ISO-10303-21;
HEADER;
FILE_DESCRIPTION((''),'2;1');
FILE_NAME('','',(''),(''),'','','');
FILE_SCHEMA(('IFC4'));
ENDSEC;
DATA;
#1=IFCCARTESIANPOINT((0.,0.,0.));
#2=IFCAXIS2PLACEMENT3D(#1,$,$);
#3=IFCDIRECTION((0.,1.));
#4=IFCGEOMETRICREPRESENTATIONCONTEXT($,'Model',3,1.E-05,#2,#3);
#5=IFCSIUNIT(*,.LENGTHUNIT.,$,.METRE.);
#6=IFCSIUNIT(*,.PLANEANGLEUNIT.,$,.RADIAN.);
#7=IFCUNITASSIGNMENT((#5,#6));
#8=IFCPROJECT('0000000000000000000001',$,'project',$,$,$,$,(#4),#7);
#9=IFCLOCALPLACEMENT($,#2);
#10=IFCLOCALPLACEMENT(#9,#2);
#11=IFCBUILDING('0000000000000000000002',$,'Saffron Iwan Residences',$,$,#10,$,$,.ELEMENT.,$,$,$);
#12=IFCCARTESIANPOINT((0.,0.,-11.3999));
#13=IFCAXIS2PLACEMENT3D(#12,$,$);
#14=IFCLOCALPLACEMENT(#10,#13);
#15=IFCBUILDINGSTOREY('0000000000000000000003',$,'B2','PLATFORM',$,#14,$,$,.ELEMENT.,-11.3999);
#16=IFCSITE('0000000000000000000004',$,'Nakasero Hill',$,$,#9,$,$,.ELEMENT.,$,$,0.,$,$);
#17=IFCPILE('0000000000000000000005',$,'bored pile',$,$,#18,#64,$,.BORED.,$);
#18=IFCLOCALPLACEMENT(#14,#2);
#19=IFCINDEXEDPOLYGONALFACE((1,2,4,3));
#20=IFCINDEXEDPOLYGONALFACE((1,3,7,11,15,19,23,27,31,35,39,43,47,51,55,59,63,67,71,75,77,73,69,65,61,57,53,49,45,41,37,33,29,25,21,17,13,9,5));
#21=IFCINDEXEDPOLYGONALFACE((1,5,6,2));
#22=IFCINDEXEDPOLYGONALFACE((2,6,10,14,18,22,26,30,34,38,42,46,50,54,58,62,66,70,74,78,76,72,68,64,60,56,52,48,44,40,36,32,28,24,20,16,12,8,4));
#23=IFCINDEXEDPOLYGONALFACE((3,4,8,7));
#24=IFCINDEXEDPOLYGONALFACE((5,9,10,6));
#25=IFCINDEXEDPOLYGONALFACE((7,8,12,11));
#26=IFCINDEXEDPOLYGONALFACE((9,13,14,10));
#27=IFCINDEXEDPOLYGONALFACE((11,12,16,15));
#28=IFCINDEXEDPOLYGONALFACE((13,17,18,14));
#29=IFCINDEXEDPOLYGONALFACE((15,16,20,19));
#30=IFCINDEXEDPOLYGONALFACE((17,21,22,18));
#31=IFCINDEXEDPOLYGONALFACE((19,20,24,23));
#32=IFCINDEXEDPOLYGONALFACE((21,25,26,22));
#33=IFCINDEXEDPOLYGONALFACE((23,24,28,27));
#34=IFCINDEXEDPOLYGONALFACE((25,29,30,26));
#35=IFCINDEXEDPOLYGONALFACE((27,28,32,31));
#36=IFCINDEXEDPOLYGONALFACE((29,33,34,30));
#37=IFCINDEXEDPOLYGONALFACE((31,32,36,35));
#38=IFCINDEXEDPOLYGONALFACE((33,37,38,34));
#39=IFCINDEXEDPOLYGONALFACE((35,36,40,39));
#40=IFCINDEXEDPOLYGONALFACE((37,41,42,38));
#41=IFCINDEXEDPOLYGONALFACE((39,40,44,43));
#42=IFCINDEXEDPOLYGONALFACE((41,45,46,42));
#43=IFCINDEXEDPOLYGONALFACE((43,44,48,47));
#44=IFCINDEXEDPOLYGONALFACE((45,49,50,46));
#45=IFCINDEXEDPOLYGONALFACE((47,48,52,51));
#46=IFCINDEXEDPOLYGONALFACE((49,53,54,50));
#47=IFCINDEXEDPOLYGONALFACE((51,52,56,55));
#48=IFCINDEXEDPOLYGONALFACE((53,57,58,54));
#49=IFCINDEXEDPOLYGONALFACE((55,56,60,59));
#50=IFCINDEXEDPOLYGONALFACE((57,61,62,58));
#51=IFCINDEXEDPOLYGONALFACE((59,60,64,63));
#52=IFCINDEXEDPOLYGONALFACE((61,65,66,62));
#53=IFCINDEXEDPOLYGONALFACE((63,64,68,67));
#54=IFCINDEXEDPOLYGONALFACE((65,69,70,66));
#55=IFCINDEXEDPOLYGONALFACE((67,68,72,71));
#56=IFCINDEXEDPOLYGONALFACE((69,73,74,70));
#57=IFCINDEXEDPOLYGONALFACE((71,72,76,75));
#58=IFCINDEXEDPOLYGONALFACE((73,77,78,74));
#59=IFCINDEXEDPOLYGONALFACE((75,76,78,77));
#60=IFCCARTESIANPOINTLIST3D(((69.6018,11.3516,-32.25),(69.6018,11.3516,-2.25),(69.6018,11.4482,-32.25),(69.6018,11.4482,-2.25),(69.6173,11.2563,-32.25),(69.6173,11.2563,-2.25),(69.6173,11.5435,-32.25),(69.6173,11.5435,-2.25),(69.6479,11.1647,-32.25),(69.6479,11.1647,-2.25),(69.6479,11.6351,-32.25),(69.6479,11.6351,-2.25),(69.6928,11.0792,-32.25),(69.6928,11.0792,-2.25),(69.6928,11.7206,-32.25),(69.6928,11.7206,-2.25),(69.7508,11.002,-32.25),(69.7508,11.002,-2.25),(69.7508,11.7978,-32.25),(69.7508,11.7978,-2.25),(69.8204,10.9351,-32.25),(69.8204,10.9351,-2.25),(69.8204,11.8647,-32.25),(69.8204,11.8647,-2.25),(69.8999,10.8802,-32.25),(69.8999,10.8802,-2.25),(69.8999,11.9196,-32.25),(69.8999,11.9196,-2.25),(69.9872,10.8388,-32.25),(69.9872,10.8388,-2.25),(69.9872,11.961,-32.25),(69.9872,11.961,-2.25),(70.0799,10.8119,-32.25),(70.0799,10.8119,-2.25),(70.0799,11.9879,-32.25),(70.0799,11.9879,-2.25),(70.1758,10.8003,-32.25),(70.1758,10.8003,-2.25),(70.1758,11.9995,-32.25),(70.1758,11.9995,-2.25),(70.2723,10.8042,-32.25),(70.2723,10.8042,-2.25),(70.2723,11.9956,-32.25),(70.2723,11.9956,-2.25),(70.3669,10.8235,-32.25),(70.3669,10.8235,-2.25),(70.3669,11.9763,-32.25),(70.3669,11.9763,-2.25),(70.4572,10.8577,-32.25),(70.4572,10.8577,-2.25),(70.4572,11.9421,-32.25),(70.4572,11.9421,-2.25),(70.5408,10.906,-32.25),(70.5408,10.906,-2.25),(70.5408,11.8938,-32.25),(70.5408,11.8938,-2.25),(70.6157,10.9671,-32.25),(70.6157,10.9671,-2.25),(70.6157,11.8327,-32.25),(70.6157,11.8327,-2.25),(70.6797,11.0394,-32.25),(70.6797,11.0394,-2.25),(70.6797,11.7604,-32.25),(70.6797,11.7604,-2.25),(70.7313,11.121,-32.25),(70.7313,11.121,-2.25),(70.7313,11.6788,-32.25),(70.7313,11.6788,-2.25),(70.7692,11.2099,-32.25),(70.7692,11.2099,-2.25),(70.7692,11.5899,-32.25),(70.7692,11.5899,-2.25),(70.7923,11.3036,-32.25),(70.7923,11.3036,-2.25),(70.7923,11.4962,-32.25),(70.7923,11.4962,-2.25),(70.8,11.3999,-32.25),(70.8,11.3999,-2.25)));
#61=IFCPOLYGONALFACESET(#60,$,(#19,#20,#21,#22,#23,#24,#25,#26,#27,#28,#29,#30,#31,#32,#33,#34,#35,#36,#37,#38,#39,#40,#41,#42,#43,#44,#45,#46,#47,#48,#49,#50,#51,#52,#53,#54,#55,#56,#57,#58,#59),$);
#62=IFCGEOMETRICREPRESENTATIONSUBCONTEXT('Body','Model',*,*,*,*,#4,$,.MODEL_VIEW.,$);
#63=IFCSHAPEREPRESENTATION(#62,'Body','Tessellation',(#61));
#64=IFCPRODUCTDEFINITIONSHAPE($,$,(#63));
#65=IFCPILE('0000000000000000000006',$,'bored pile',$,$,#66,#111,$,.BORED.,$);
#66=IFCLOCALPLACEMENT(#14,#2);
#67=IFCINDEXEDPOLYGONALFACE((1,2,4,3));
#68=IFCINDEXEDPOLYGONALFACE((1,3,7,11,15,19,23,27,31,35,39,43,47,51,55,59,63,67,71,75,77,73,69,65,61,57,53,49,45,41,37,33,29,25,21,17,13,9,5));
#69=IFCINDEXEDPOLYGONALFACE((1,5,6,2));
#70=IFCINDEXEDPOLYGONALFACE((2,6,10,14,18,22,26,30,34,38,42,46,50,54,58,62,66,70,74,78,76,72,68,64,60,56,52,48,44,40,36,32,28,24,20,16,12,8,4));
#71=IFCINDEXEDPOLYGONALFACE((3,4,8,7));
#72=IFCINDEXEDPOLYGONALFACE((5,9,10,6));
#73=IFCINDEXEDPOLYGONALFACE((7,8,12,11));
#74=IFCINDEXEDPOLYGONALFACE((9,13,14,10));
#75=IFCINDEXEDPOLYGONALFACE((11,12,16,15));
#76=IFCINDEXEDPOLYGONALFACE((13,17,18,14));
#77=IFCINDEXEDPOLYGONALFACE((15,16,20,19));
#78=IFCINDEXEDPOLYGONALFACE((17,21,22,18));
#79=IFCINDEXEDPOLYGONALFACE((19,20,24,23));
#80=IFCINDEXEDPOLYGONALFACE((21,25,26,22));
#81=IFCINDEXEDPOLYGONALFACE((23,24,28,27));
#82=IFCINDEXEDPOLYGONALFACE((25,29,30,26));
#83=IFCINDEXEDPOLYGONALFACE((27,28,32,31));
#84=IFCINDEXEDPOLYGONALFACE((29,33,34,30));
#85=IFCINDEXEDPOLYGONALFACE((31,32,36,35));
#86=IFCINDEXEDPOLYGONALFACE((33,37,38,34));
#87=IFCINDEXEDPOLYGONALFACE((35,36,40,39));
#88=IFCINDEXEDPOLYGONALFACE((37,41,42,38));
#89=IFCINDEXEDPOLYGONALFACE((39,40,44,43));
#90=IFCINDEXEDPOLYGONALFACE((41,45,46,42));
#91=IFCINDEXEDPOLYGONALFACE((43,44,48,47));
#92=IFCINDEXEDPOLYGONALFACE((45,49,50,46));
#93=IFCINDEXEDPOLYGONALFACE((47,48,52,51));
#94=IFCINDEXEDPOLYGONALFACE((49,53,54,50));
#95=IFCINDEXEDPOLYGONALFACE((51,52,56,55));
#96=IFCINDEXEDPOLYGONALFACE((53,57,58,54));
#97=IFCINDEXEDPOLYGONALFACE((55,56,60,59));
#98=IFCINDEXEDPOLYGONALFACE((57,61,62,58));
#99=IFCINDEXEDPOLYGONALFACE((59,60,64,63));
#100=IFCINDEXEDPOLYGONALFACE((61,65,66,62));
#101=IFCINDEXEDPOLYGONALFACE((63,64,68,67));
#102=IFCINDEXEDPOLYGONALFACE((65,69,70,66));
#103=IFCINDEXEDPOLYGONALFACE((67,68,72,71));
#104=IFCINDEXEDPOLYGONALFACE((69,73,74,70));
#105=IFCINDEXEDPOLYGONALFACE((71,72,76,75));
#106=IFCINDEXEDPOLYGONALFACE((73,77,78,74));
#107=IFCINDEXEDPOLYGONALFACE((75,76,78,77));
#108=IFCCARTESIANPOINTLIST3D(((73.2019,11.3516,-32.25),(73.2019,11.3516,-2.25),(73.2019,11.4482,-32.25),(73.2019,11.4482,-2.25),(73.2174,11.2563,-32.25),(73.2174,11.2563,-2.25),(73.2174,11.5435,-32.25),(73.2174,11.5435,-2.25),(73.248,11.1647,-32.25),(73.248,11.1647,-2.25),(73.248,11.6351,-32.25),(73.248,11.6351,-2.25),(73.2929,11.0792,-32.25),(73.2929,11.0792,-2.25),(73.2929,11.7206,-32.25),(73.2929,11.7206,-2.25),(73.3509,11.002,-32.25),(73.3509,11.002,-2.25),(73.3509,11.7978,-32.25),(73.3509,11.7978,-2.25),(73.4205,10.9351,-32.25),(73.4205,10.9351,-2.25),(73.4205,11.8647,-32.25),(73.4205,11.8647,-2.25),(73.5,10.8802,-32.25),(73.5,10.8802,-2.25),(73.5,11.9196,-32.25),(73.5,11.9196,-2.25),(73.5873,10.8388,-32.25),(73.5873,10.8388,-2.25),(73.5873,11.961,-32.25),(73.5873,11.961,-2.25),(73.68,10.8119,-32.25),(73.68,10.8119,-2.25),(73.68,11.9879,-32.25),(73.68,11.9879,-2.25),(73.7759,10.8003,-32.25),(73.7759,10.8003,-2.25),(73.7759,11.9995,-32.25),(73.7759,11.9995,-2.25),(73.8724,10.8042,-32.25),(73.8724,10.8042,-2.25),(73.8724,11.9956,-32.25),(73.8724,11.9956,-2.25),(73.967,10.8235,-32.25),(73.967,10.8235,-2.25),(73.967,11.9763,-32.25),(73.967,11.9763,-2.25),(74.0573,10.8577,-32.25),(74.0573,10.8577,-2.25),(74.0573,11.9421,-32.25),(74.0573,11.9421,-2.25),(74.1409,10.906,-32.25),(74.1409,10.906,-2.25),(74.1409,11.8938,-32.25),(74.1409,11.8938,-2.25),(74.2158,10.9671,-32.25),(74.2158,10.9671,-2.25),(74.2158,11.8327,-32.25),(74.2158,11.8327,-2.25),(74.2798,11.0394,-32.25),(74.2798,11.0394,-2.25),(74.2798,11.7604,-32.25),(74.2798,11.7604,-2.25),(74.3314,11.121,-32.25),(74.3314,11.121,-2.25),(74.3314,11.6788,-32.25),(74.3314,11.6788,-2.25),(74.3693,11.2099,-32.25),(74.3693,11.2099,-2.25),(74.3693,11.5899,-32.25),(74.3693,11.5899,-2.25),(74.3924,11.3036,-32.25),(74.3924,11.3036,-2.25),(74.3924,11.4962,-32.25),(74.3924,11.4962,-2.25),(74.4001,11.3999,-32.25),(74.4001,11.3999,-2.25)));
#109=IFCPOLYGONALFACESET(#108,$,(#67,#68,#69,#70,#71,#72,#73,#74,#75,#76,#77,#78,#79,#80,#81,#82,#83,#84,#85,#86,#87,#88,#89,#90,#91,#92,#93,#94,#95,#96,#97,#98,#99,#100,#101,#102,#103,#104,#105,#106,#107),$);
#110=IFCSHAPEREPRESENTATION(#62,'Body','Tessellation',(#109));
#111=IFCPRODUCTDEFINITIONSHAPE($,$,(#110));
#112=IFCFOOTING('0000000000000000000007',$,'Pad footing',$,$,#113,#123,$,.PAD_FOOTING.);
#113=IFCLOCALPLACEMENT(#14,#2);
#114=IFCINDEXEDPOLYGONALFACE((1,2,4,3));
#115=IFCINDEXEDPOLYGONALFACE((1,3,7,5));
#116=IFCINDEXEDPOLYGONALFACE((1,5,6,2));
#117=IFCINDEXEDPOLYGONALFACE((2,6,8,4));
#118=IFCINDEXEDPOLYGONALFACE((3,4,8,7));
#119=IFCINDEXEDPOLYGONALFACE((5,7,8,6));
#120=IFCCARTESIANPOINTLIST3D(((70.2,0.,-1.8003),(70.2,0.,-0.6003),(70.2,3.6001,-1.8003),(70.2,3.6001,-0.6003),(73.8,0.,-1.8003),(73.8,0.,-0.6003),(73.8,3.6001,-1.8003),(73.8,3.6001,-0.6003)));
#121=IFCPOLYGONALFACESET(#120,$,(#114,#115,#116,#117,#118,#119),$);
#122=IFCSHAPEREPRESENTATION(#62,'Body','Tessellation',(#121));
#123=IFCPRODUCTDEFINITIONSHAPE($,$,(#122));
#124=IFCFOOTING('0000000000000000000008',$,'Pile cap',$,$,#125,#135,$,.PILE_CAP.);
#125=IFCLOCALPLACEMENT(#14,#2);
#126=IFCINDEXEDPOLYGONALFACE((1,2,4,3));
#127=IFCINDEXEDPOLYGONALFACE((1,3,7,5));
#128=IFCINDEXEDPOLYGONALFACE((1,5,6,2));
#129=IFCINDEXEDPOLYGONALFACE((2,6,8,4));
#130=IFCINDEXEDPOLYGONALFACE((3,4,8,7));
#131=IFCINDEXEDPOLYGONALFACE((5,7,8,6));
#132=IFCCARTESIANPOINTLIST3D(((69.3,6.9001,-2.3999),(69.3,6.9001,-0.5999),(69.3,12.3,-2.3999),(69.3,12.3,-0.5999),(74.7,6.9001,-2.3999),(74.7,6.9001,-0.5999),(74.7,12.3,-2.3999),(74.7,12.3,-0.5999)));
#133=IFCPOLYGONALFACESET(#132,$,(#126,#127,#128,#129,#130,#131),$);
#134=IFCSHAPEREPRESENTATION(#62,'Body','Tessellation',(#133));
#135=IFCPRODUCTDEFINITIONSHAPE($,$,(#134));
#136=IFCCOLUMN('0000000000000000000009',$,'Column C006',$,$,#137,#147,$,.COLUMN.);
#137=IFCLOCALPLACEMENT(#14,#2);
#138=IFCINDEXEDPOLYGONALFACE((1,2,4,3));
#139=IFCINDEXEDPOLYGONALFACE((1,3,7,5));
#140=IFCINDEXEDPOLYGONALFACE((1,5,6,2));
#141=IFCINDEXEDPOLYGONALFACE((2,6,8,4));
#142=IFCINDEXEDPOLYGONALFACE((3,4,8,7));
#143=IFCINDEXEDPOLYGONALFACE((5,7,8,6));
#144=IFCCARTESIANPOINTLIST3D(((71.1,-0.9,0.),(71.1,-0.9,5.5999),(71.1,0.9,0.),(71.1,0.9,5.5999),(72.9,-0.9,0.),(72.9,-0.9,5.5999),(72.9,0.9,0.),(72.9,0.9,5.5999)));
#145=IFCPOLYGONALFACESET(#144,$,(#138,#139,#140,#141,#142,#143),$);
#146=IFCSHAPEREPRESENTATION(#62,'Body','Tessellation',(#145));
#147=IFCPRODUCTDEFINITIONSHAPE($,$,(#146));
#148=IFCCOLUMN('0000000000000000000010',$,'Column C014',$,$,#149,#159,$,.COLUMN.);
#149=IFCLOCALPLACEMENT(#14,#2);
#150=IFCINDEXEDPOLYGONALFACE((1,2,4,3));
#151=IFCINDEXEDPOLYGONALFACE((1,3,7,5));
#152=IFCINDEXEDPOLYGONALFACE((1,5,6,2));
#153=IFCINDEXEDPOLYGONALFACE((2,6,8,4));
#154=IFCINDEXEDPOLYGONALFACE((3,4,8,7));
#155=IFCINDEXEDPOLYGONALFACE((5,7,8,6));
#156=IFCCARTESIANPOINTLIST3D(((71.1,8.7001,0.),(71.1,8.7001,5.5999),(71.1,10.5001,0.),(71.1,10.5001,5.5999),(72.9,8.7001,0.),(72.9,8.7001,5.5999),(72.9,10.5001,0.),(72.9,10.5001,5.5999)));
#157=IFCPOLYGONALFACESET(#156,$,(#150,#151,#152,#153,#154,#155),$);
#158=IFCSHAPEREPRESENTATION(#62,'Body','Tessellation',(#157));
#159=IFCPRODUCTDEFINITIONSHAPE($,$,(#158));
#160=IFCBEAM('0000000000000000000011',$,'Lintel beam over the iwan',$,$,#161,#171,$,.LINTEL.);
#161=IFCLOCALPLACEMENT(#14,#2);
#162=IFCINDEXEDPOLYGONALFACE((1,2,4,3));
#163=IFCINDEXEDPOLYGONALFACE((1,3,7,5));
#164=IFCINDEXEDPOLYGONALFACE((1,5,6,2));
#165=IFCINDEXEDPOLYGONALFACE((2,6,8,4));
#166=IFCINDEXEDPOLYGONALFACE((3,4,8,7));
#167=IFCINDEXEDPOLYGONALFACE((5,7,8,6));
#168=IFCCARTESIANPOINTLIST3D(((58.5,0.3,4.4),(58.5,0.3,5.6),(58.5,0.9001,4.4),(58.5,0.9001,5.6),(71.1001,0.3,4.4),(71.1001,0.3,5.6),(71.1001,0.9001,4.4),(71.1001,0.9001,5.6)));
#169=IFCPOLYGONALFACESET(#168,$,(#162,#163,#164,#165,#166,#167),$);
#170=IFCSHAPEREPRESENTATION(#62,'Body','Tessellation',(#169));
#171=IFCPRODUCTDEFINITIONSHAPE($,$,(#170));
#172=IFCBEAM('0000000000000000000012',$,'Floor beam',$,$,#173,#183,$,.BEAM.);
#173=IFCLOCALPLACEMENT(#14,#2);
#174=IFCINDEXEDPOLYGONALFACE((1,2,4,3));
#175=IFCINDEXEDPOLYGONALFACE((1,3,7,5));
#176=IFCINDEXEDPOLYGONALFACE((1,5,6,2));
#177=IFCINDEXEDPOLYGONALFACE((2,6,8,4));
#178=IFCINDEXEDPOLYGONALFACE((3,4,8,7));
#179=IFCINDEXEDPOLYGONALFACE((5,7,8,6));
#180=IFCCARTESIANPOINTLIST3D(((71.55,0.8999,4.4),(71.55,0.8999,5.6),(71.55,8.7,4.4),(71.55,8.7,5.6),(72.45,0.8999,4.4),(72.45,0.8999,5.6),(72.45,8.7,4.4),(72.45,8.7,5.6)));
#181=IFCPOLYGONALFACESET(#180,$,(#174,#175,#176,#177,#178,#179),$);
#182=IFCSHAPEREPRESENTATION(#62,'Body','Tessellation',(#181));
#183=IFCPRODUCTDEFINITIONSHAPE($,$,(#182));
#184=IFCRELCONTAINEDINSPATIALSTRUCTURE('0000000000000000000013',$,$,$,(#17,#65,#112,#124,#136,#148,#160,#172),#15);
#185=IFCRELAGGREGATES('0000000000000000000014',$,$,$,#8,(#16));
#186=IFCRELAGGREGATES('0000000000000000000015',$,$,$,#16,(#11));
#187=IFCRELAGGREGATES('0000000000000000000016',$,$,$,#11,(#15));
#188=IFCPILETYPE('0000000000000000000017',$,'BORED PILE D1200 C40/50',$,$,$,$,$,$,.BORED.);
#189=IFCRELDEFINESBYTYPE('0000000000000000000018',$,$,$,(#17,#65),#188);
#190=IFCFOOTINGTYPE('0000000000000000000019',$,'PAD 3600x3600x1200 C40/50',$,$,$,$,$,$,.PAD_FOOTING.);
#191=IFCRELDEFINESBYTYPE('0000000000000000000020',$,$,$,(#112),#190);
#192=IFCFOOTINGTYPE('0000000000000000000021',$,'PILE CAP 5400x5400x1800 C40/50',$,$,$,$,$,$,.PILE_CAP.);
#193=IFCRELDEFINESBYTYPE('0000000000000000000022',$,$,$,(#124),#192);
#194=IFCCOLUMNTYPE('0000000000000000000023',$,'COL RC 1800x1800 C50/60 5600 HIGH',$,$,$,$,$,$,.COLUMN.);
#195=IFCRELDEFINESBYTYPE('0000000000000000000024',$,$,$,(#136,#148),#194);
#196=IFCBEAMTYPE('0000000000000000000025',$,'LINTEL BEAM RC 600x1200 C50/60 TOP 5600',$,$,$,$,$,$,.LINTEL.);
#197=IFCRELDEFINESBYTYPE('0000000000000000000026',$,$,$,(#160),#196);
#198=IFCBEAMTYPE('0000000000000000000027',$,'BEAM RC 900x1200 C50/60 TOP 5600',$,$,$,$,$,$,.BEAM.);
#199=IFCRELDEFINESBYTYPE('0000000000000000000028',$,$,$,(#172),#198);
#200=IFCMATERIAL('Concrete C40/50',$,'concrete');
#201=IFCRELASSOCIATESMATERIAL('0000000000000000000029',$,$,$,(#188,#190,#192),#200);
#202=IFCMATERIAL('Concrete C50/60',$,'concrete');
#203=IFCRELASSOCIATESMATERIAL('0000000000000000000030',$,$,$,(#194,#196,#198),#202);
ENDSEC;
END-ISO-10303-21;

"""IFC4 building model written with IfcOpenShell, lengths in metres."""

from ifc_helpers import new_model, si_unit, direction, frame, origin, origin_2d, place, context, subcontext, project, spatial, rectangle, circle, extrude, source, transform, mapped, material, material_profile, profile_set, type_object, element, save


model = new_model("IFC4")

# Units and contexts
model_context = context("Model", 3, precision=1e-05, world=origin(), true_north=direction((0.0, 1.0)))
body_context = subcontext(model_context, "Body", "Model", "MODEL_VIEW")
ifc_project = project(units=[si_unit("LENGTHUNIT", "METRE"), si_unit("PLANEANGLEUNIT", "RADIAN")], contexts=[model_context])

# Site, building, storey
site_placement = place(None, origin())
site = spatial("IfcSite", under=ifc_project, at=site_placement, Name="Nakasero Hill", CompositionType="ELEMENT", RefElevation=0.0)
building_placement = place(site_placement, origin())
building = spatial("IfcBuilding", under=site, at=building_placement, Name="Saffron Iwan Residences", CompositionType="ELEMENT")
storey_placement = place(building_placement, frame((0.0, 0.0, -11.3999)))
storey = spatial("IfcBuildingStorey", under=building, at=storey_placement, Name="B2", Description="PLATFORM", CompositionType="ELEMENT", Elevation=-11.3999)

# Piles
ifc_material_1 = material(Name="Concrete C40/50", Category="concrete")
ifc_material_profile_1 = material_profile(ifc_material_1, circle(Radius=0.6001, at=origin_2d()), Name="RC D1200")
ifc_profile_set_1 = profile_set([ifc_material_profile_1], Name="Concrete C40/50")
pile_type = type_object("IfcPileType", Name="BORED PILE D1200 C40/50", PredefinedType="BORED", material=ifc_profile_set_1)
for number, where, z_axis, x_axis, name in (
    (1, (70.2, 11.3999, -2.25), (0.0, 0.0, -1.0), (1.0, 0.0, 0.0), "bored pile"),
    (2, (73.8, 11.3999, -2.25), (0.0, 0.0, -1.0), (1.0, 0.0, 0.0), "bored pile"),
):
    element("IfcPile", number, at=place(storey_placement, frame(where, z_axis=z_axis, x_axis=x_axis)), inside=storey, type_object=pile_type, Name=name, PredefinedType="BORED", context=body_context, shape_type="SweptSolid", body=[
        extrude(circle(Radius=0.6001, at=origin_2d()), origin(), (0.0, 0.0, 1.0), 30.0),
    ])

# Footings
footing_type_1 = type_object("IfcFootingType", Name="PAD 3600x3600x1200 C40/50", PredefinedType="PAD_FOOTING", material=ifc_material_1)
shared_shape_1 = source(origin(), body_context, "Body", "SweptSolid", [
    extrude(rectangle(XDim=3.6001, YDim=3.6001, at=origin_2d()), origin(), (0.0, 0.0, 1.0), 1.2),
])
footing_1_placement = place(storey_placement, frame((72.0, 1.8, -1.8003), z_axis=(0.0, 0.0, 1.0), x_axis=(1.0, 0.0, 0.0)))
element("IfcFooting", 3, at=footing_1_placement, inside=storey, type_object=footing_type_1, Name="Pad footing", PredefinedType="PAD_FOOTING", context=body_context, shape_type="MappedRepresentation", body=[
    mapped(shared_shape_1, transform((0.0, 0.0, 0.0))),
])
footing_type_2 = type_object("IfcFootingType", Name="PILE CAP 5400x5400x1800 C40/50", PredefinedType="PILE_CAP", material=ifc_material_1)
shared_shape_2 = source(origin(), body_context, "Body", "SweptSolid", [
    extrude(rectangle(XDim=5.3999, YDim=5.3999, at=origin_2d()), origin(), (0.0, 0.0, 1.0), 1.8),
])
footing_2_placement = place(storey_placement, frame((72.0, 9.6001, -2.3999), z_axis=(0.0, 0.0, 1.0), x_axis=(1.0, 0.0, 0.0)))
element("IfcFooting", 4, at=footing_2_placement, inside=storey, type_object=footing_type_2, Name="Pile cap", PredefinedType="PILE_CAP", context=body_context, shape_type="MappedRepresentation", body=[
    mapped(shared_shape_2, transform((0.0, 0.0, 0.0))),
])

# Columns
ifc_material_2 = material(Name="Concrete C50/60", Category="concrete")
ifc_material_profile_2 = material_profile(ifc_material_2, rectangle(XDim=1.8, YDim=1.8, at=origin_2d()), Name="RC 1800x1800")
ifc_profile_set_2 = profile_set([ifc_material_profile_2], Name="Concrete C50/60")
column_type = type_object("IfcColumnType", Name="COL RC 1800x1800 C50/60 5600 HIGH", PredefinedType="COLUMN", material=ifc_profile_set_2)
shared_shape_3 = source(origin(), body_context, "Body", "SweptSolid", [
    extrude(rectangle(XDim=1.8, YDim=1.8, at=origin_2d()), origin(), (0.0, 0.0, 1.0), 5.5999),
])
for number, where, z_axis, x_axis, name in (
    (5, (72.0, 0.0, 0.0), (0.0, 0.0, 1.0), (1.0, 0.0, 0.0), "Column C006"),
    (6, (72.0, 9.6001, 0.0), (0.0, 0.0, 1.0), (1.0, 0.0, 0.0), "Column C014"),
):
    element("IfcColumn", number, at=place(storey_placement, frame(where, z_axis=z_axis, x_axis=x_axis)), inside=storey, type_object=column_type, Name=name, PredefinedType="COLUMN", context=body_context, shape_type="MappedRepresentation", body=[
        mapped(shared_shape_3, transform((0.0, 0.0, 0.0))),
    ])

# Beams
ifc_material_profile_3 = material_profile(ifc_material_2, rectangle(XDim=0.6001, YDim=1.2, at=origin_2d()), Name="RC 600x1200")
ifc_profile_set_3 = profile_set([ifc_material_profile_3], Name="Concrete C50/60")
beam_type_1 = type_object("IfcBeamType", Name="LINTEL BEAM RC 600x1200 C50/60 TOP 5600", PredefinedType="LINTEL", material=ifc_profile_set_3)
shared_shape_4 = source(origin(), body_context, "Body", "SweptSolid", [
    extrude(rectangle(XDim=0.6001, YDim=1.2, at=origin_2d()), origin(), (0.0, 0.0, 1.0), 12.6001),
])
beam_1_placement = place(storey_placement, frame((71.1001, 0.6001, 5.0), z_axis=(-1.0, 0.0, 0.0), x_axis=(0.0, -1.0, 0.0)))
element("IfcBeam", 7, at=beam_1_placement, inside=storey, type_object=beam_type_1, Name="Lintel beam over the iwan", PredefinedType="LINTEL", context=body_context, shape_type="MappedRepresentation", body=[
    mapped(shared_shape_4, transform((0.0, 0.0, 0.0))),
])
ifc_material_profile_4 = material_profile(ifc_material_2, rectangle(XDim=0.8999, YDim=1.2, at=origin_2d()), Name="RC 900x1200")
ifc_profile_set_4 = profile_set([ifc_material_profile_4], Name="Concrete C50/60")
beam_type_2 = type_object("IfcBeamType", Name="BEAM RC 900x1200 C50/60 TOP 5600", PredefinedType="BEAM", material=ifc_profile_set_4)
shared_shape_5 = source(origin(), body_context, "Body", "SweptSolid", [
    extrude(rectangle(XDim=0.8999, YDim=1.2, at=origin_2d()), origin(), (0.0, 0.0, 1.0), 7.8),
])
for number, where, z_axis, x_axis, name in (
    (8, (72.0, 0.8999, 5.0), (0.0, 1.0, 0.0), (-1.0, 0.0, 0.0), "Floor beam"),
):
    element("IfcBeam", number, at=place(storey_placement, frame(where, z_axis=z_axis, x_axis=x_axis)), inside=storey, type_object=beam_type_2, Name=name, PredefinedType="BEAM", context=body_context, shape_type="MappedRepresentation", body=[
        mapped(shared_shape_5, transform((0.0, 0.0, 0.0))),
    ])

save(model, "model.ifc")
